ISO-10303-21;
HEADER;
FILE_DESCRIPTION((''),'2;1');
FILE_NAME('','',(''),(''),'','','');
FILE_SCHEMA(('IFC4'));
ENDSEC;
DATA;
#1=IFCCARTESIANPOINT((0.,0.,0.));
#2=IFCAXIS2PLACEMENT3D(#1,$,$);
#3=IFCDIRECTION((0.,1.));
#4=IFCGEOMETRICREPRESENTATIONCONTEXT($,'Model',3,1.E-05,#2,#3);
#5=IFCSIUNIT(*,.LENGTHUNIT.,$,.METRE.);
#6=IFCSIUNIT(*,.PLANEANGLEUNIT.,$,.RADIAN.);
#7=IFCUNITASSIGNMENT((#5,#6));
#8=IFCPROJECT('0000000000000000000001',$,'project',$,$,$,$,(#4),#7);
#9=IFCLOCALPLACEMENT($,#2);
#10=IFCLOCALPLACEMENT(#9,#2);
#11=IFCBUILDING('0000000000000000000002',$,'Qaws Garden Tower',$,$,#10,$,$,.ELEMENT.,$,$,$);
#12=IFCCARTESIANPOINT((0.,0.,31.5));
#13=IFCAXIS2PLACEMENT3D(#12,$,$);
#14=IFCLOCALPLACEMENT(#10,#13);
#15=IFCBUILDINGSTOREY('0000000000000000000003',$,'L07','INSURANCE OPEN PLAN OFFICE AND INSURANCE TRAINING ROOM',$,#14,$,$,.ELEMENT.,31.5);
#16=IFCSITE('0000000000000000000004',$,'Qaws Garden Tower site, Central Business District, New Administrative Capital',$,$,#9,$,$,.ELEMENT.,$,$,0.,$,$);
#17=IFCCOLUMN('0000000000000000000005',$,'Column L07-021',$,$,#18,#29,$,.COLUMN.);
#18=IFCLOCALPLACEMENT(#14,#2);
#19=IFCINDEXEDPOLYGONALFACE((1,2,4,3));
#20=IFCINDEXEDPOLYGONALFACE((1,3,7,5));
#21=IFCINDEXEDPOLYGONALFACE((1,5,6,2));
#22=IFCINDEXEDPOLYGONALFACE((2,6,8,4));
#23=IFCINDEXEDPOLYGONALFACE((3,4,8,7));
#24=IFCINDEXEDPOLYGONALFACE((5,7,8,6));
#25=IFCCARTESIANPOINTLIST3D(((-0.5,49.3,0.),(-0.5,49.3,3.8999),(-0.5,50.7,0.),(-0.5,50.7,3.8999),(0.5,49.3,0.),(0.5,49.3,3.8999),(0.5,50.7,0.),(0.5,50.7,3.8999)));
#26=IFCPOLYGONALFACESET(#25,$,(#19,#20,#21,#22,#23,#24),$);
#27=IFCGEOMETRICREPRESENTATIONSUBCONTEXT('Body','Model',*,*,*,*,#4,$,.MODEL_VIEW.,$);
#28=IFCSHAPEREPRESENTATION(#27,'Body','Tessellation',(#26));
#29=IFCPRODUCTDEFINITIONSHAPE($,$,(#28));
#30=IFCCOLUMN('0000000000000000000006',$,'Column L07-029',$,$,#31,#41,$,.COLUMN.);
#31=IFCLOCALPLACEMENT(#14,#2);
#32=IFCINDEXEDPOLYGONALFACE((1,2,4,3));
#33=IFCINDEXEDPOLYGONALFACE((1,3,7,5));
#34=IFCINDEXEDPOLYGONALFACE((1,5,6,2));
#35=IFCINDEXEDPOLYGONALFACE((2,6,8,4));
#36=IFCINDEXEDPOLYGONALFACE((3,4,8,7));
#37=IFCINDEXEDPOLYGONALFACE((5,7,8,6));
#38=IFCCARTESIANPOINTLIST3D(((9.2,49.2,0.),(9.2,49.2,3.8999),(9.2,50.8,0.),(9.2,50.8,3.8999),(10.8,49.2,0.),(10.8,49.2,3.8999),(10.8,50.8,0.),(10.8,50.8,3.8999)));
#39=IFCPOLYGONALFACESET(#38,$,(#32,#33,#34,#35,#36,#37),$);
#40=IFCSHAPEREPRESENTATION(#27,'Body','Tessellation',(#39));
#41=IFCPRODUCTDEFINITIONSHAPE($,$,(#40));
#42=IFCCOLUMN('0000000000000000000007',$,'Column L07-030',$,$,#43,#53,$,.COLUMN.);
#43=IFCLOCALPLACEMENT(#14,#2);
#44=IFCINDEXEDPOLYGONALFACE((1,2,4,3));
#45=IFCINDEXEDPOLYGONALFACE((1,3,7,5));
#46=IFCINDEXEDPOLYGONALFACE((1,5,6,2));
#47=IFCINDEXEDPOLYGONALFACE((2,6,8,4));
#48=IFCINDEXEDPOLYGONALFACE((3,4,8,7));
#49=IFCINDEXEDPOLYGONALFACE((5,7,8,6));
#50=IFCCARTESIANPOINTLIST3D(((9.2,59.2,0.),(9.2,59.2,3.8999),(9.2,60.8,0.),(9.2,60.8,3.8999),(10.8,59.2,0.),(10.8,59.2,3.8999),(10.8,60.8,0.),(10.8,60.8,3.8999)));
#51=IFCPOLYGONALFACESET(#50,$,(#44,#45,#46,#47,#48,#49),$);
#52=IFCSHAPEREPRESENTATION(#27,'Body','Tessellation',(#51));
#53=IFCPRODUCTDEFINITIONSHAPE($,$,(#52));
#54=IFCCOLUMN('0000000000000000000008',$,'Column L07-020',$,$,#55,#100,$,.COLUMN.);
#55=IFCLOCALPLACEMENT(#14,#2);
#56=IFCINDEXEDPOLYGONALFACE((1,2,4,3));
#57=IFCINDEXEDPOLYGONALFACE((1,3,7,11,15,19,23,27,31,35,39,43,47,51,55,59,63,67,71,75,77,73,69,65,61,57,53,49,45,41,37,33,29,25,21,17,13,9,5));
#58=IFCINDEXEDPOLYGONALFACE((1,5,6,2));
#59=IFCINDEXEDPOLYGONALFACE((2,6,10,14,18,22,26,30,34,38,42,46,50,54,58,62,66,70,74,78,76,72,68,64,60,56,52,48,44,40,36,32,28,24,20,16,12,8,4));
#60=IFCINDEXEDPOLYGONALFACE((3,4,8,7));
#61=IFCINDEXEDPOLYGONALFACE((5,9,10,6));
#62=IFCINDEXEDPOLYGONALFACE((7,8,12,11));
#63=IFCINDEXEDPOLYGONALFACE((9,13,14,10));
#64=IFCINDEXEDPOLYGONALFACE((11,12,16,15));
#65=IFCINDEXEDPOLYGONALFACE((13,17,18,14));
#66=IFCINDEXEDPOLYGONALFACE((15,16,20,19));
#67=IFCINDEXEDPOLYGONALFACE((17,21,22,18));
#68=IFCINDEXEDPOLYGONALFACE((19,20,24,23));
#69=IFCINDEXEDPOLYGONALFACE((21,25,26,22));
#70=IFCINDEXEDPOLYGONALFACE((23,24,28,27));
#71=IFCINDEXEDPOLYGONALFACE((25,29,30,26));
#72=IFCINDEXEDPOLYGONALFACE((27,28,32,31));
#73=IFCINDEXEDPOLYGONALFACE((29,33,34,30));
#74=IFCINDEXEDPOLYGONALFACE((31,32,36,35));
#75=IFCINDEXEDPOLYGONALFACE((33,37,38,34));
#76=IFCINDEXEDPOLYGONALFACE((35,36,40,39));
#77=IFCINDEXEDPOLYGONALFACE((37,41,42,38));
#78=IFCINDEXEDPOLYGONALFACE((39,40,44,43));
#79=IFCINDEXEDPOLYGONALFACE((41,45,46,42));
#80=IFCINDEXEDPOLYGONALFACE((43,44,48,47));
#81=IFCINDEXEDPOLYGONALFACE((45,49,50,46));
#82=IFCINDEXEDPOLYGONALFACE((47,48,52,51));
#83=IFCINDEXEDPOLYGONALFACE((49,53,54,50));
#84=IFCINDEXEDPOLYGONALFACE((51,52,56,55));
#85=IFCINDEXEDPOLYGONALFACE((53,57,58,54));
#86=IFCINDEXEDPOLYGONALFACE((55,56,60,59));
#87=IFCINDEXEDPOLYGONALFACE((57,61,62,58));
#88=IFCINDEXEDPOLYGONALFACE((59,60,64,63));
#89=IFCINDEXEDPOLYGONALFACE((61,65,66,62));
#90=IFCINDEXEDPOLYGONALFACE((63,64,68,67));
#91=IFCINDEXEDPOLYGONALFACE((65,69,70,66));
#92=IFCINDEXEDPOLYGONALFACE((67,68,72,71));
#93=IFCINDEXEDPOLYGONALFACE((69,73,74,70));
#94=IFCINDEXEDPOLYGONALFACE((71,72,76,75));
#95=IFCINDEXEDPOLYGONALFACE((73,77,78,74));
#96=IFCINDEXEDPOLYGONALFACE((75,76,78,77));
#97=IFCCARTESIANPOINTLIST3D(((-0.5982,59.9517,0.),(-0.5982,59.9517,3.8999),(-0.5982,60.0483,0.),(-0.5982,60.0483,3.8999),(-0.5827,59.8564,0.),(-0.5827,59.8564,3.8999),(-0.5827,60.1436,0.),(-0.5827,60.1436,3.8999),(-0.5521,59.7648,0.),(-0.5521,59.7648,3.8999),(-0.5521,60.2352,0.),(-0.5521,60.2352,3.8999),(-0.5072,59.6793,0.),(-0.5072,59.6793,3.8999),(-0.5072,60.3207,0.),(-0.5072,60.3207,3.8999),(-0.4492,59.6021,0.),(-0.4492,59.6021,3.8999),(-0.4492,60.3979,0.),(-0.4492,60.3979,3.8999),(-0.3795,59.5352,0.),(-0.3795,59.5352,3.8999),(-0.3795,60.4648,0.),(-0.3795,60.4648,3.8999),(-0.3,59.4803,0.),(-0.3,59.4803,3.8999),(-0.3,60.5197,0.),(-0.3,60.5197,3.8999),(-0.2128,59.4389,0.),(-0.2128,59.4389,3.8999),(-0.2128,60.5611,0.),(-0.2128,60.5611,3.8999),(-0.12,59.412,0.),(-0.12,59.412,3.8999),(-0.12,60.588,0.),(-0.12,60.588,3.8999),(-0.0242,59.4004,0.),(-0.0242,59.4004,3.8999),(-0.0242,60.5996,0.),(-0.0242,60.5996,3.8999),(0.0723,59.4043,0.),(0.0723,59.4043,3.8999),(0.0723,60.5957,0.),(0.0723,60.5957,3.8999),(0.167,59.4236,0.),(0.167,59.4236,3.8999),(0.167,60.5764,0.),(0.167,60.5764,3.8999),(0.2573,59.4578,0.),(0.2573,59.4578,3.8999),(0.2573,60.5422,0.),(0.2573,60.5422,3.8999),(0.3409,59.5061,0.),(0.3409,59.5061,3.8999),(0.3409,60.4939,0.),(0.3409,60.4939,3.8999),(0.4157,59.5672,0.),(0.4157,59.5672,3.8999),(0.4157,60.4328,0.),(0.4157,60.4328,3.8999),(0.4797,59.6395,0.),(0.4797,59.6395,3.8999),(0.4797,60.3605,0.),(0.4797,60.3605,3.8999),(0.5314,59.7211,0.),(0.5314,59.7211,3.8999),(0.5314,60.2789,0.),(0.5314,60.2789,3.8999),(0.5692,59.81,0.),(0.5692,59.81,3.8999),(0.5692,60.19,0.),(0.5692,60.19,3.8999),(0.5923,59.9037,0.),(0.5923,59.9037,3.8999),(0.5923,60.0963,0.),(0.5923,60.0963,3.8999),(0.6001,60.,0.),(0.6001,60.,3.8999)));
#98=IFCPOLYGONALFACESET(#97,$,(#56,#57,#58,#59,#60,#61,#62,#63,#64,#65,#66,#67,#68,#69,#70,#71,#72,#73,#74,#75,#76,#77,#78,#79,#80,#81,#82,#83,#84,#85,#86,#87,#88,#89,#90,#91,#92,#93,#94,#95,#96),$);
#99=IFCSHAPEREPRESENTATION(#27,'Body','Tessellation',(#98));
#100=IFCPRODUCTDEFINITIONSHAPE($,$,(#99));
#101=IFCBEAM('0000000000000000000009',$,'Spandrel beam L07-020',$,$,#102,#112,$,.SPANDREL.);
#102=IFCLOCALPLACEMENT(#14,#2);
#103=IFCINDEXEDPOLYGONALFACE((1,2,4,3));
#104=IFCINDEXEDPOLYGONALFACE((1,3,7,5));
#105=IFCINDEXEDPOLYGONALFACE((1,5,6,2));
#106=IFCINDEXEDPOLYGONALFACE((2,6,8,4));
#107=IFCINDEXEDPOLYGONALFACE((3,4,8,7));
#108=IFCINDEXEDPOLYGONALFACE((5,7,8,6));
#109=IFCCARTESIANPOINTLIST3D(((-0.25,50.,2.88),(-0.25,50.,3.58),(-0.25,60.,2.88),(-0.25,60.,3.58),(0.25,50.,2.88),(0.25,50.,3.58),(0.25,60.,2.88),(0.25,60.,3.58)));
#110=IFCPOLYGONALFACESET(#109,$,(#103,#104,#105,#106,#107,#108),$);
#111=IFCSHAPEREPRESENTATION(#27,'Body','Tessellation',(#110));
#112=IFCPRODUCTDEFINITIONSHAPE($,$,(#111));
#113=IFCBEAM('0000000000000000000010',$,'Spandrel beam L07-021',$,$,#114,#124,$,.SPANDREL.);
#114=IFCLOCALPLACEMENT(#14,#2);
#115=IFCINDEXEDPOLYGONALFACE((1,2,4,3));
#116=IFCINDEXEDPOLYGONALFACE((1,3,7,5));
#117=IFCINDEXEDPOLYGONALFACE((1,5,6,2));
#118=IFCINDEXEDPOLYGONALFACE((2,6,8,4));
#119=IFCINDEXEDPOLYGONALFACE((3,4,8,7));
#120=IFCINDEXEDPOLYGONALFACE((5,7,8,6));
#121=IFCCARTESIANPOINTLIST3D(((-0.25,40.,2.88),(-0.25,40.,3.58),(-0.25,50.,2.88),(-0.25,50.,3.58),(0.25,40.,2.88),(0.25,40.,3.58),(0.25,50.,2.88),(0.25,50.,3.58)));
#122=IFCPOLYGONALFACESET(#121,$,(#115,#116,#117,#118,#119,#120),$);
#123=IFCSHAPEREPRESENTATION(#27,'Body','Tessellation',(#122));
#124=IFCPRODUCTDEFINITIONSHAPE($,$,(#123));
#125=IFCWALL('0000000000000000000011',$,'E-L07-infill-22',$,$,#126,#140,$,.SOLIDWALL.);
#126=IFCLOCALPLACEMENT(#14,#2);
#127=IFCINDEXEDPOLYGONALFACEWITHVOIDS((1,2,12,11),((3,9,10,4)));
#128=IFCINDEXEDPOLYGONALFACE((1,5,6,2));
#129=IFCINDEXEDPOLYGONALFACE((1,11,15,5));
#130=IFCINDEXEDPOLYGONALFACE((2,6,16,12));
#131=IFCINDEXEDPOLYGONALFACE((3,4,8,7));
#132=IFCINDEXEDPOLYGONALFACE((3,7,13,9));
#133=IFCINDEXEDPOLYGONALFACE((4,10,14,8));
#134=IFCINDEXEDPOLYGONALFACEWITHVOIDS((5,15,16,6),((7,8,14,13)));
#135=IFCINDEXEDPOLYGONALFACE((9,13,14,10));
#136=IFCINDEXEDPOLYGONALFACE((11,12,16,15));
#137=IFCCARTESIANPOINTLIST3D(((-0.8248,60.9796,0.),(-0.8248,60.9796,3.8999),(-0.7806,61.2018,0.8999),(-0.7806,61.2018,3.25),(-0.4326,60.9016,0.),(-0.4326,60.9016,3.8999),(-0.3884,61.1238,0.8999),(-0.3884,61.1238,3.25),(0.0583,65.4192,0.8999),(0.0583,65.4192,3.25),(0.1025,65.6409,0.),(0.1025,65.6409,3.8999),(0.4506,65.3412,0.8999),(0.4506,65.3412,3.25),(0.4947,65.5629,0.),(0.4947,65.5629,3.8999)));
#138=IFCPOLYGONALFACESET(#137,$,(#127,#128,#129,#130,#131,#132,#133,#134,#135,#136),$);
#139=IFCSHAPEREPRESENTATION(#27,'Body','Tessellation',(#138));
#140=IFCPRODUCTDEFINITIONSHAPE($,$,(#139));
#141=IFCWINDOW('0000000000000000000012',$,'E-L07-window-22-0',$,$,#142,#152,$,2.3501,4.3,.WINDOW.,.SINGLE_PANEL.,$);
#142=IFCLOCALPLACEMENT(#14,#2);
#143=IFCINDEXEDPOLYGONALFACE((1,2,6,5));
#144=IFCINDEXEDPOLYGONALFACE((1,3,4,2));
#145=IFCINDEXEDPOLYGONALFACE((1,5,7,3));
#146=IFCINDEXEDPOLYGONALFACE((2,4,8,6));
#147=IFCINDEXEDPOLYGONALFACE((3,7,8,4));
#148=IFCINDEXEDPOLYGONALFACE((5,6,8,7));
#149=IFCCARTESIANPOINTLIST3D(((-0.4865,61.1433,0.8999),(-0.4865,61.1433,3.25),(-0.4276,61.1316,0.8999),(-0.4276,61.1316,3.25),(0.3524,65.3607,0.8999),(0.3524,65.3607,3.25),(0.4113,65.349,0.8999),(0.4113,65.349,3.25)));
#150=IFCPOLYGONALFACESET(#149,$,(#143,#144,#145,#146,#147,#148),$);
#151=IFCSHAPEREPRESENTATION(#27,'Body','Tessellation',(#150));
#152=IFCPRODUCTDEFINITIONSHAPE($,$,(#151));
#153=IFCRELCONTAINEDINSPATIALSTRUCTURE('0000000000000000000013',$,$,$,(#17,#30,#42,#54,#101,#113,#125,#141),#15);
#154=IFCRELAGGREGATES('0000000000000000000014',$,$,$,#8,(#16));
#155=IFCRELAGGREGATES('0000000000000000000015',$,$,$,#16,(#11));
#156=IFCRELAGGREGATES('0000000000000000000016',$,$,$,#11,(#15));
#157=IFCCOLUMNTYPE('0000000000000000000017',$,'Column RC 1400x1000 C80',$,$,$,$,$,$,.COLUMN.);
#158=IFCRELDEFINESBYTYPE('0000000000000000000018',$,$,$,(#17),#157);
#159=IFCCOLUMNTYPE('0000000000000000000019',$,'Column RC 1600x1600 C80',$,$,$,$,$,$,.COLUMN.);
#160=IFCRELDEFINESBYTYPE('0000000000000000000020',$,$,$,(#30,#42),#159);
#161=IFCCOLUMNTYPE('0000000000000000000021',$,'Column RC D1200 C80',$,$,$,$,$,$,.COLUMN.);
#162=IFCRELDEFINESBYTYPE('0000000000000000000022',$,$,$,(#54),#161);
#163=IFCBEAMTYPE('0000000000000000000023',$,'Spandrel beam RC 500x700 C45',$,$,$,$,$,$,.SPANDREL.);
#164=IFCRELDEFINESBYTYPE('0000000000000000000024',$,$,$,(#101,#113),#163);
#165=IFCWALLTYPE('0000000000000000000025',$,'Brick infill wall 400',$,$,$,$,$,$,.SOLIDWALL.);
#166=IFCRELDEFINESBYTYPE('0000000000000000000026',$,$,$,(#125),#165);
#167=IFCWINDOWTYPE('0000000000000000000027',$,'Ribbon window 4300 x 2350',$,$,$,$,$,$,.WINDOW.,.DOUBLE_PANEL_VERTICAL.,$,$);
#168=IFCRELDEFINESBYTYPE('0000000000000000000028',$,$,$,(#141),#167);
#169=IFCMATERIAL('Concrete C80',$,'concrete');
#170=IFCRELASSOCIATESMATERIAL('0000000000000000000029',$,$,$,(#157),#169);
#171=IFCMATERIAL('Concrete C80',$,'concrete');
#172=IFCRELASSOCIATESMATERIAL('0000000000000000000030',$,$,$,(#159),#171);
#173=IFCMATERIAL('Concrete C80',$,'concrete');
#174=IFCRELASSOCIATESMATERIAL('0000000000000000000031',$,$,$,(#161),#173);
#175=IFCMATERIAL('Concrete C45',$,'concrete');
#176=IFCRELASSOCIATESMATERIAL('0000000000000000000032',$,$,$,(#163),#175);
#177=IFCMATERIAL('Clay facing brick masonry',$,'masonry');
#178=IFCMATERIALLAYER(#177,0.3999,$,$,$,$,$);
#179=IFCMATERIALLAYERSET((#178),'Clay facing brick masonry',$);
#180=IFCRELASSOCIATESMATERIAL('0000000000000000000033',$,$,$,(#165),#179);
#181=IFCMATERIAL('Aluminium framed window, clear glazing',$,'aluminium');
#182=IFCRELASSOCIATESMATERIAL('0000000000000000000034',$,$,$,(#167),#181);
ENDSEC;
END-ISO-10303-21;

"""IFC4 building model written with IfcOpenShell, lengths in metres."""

from ifc_helpers import new_model, si_unit, direction, frame, frame_2d, origin, origin_2d, place, context, subcontext, project, spatial, rectangle, circle, extrude, material, layer, layer_set, material_profile, profile_set, type_object, element, fill, save


model = new_model("IFC4")

# Units and contexts
model_context = context("Model", 3, precision=1e-05, world=origin(), true_north=direction((0.0, 1.0)))
body_context = subcontext(model_context, "Body", "Model", "MODEL_VIEW")
ifc_project = project(units=[si_unit("LENGTHUNIT", "METRE"), si_unit("PLANEANGLEUNIT", "RADIAN")], contexts=[model_context])

# Site, building, storey
site_placement = place(None, origin())
site = spatial("IfcSite", under=ifc_project, at=site_placement, Name="Qaws Garden Tower site, Central Business District, New Administrative Capital", CompositionType="ELEMENT", RefElevation=0.0)
building_placement = place(site_placement, origin())
building = spatial("IfcBuilding", under=site, at=building_placement, Name="Qaws Garden Tower", CompositionType="ELEMENT")
storey_placement = place(building_placement, frame((0.0, 0.0, 31.5)))
storey = spatial("IfcBuildingStorey", under=building, at=storey_placement, Name="L07", Description="INSURANCE OPEN PLAN OFFICE AND INSURANCE TRAINING ROOM", CompositionType="ELEMENT", Elevation=31.5)

# Columns
ifc_material_1 = material(Name="Concrete C80", Category="concrete")
ifc_material_profile_1 = material_profile(ifc_material_1, rectangle(XDim=1.3999, YDim=1.0, at=origin_2d()), Name="RC 1400x1000")
ifc_profile_set_1 = profile_set([ifc_material_profile_1], Name="Concrete C80")
column_type_1 = type_object("IfcColumnType", Name="Column RC 1400x1000 C80", PredefinedType="COLUMN", material=ifc_profile_set_1)
column_1_placement = place(storey_placement, frame((0.0, 50.0, 0.0), z_axis=(0.0, 0.0, 1.0), x_axis=(0.0, 1.0, 0.0)))
element("IfcColumn", 1, at=column_1_placement, inside=storey, type_object=column_type_1, Name="Column L07-021", PredefinedType="COLUMN", context=body_context, shape_type="SweptSolid", body=[
    extrude(rectangle(XDim=1.3999, YDim=1.0, at=origin_2d()), origin(), (0.0, 0.0, 1.0), 3.8999),
])
ifc_material_2 = material(Name="Concrete C80", Category="concrete")
ifc_material_profile_2 = material_profile(ifc_material_2, rectangle(XDim=1.6001, YDim=1.6001, at=origin_2d()), Name="RC 1600x1600")
ifc_profile_set_2 = profile_set([ifc_material_profile_2], Name="Concrete C80")
column_type_2 = type_object("IfcColumnType", Name="Column RC 1600x1600 C80", PredefinedType="COLUMN", material=ifc_profile_set_2)
for number, where, z_axis, x_axis, name in (
    (2, (10.0, 50.0, 0.0), (0.0, 0.0, 1.0), (1.0, 0.0, 0.0), "Column L07-029"),
    (3, (10.0, 60.0, 0.0), (0.0, 0.0, 1.0), (1.0, 0.0, 0.0), "Column L07-030"),
):
    element("IfcColumn", number, at=place(storey_placement, frame(where, z_axis=z_axis, x_axis=x_axis)), inside=storey, type_object=column_type_2, Name=name, PredefinedType="COLUMN", context=body_context, shape_type="SweptSolid", body=[
        extrude(rectangle(XDim=1.6001, YDim=1.6001, at=origin_2d()), origin(), (0.0, 0.0, 1.0), 3.8999),
    ])
ifc_material_3 = material(Name="Concrete C80", Category="concrete")
ifc_material_profile_3 = material_profile(ifc_material_3, circle(Radius=0.6001, at=origin_2d()), Name="RC D1200")
ifc_profile_set_3 = profile_set([ifc_material_profile_3], Name="Concrete C80")
column_type_3 = type_object("IfcColumnType", Name="Column RC D1200 C80", PredefinedType="COLUMN", material=ifc_profile_set_3)
column_2_placement = place(storey_placement, frame((0.0, 60.0, 0.0), z_axis=(0.0, 0.0, 1.0), x_axis=(1.0, 0.0, 0.0)))
element("IfcColumn", 4, at=column_2_placement, inside=storey, type_object=column_type_3, Name="Column L07-020", PredefinedType="COLUMN", context=body_context, shape_type="SweptSolid", body=[
    extrude(circle(Radius=0.6001, at=origin_2d()), origin(), (0.0, 0.0, 1.0), 3.8999),
])

# Beams
ifc_material_4 = material(Name="Concrete C45", Category="concrete")
ifc_material_profile_4 = material_profile(ifc_material_4, rectangle(XDim=0.5, YDim=0.7, at=origin_2d()), Name="RC 500x700")
ifc_profile_set_4 = profile_set([ifc_material_profile_4], Name="Concrete C45")
beam_type = type_object("IfcBeamType", Name="Spandrel beam RC 500x700 C45", PredefinedType="SPANDREL", material=ifc_profile_set_4)
for number, where, z_axis, x_axis, name in (
    (5, (0.0, 60.0, 3.23), (0.0, -1.0, 0.0), (1.0, 0.0, 0.0), "Spandrel beam L07-020"),
    (6, (0.0, 50.0, 3.23), (0.0, -1.0, 0.0), (1.0, 0.0, 0.0), "Spandrel beam L07-021"),
):
    element("IfcBeam", number, at=place(storey_placement, frame(where, z_axis=z_axis, x_axis=x_axis)), inside=storey, type_object=beam_type, Name=name, PredefinedType="SPANDREL", context=body_context, shape_type="SweptSolid", body=[
        extrude(rectangle(XDim=0.5, YDim=0.7, at=origin_2d()), origin(), (0.0, 0.0, 1.0), 10.0),
    ])

# Wall, opening, window
ifc_material_5 = material(Name="Clay facing brick masonry", Category="masonry")
ifc_layer_1 = layer(ifc_material_5, 0.3999)
ifc_layer_set_1 = layer_set([ifc_layer_1], Name="Clay facing brick masonry")
wall_type_1 = type_object("IfcWallType", Name="Brick infill wall 400", PredefinedType="SOLIDWALL", material=ifc_layer_set_1)
wall_1_placement = place(storey_placement, frame((0.2986, 65.6021, 0.0), z_axis=(0.0, 0.0, 1.0), x_axis=(-0.195099, -0.980784, 0.0)))
wall_1 = element("IfcWall", 7, at=wall_1_placement, inside=storey, type_object=wall_type_1, Name="E-L07-infill-22", PredefinedType="SOLIDWALL", context=body_context, shape_type="SweptSolid", body=[
    extrude(rectangle(XDim=4.7527, YDim=0.3999, at=frame_2d((2.3765, 0.0))), origin(), (0.0, 0.0, 1.0), 3.8999),
])
opening_1_placement = place(wall_1_placement, frame((0.2263, 0.0, 0.8999)))
opening_1 = element("IfcOpeningElement", 8, at=opening_1_placement, cuts=wall_1, PredefinedType="OPENING", context=body_context, shape_type="SweptSolid", body=[
    extrude(rectangle(XDim=4.3, YDim=2.3501, at=frame_2d((2.1499, 1.175))), frame((0.0, 0.21, 0.0), z_axis=(0.0, -1.0, 0.0), x_axis=(1.0, 0.0, 0.0)), (0.0, 0.0, 1.0), 0.4199),
])
ifc_material_6 = material(Name="Aluminium framed window, clear glazing", Category="aluminium")
window_type_1 = type_object("IfcWindowType", Name="Ribbon window 4300 x 2350", PartitioningType="DOUBLE_PANEL_VERTICAL", PredefinedType="WINDOW", material=ifc_material_6)
window_1_placement = place(opening_1_placement, origin())
window_1 = element("IfcWindow", 9, at=window_1_placement, inside=storey, type_object=window_type_1, Name="E-L07-window-22-0", OverallHeight=2.3501, OverallWidth=4.3, PartitioningType="SINGLE_PANEL", PredefinedType="WINDOW", context=body_context, shape_type="SweptSolid", body=[
    extrude(rectangle(XDim=4.3, YDim=2.3501, at=frame_2d((2.1499, 1.175))), frame((0.0, 0.1599, 0.0), z_axis=(0.0, -1.0, 0.0), x_axis=(1.0, 0.0, 0.0)), (0.0, 0.0, 1.0), 0.0601),
])
fill(opening_1, window_1)

save(model, "model.ifc")
